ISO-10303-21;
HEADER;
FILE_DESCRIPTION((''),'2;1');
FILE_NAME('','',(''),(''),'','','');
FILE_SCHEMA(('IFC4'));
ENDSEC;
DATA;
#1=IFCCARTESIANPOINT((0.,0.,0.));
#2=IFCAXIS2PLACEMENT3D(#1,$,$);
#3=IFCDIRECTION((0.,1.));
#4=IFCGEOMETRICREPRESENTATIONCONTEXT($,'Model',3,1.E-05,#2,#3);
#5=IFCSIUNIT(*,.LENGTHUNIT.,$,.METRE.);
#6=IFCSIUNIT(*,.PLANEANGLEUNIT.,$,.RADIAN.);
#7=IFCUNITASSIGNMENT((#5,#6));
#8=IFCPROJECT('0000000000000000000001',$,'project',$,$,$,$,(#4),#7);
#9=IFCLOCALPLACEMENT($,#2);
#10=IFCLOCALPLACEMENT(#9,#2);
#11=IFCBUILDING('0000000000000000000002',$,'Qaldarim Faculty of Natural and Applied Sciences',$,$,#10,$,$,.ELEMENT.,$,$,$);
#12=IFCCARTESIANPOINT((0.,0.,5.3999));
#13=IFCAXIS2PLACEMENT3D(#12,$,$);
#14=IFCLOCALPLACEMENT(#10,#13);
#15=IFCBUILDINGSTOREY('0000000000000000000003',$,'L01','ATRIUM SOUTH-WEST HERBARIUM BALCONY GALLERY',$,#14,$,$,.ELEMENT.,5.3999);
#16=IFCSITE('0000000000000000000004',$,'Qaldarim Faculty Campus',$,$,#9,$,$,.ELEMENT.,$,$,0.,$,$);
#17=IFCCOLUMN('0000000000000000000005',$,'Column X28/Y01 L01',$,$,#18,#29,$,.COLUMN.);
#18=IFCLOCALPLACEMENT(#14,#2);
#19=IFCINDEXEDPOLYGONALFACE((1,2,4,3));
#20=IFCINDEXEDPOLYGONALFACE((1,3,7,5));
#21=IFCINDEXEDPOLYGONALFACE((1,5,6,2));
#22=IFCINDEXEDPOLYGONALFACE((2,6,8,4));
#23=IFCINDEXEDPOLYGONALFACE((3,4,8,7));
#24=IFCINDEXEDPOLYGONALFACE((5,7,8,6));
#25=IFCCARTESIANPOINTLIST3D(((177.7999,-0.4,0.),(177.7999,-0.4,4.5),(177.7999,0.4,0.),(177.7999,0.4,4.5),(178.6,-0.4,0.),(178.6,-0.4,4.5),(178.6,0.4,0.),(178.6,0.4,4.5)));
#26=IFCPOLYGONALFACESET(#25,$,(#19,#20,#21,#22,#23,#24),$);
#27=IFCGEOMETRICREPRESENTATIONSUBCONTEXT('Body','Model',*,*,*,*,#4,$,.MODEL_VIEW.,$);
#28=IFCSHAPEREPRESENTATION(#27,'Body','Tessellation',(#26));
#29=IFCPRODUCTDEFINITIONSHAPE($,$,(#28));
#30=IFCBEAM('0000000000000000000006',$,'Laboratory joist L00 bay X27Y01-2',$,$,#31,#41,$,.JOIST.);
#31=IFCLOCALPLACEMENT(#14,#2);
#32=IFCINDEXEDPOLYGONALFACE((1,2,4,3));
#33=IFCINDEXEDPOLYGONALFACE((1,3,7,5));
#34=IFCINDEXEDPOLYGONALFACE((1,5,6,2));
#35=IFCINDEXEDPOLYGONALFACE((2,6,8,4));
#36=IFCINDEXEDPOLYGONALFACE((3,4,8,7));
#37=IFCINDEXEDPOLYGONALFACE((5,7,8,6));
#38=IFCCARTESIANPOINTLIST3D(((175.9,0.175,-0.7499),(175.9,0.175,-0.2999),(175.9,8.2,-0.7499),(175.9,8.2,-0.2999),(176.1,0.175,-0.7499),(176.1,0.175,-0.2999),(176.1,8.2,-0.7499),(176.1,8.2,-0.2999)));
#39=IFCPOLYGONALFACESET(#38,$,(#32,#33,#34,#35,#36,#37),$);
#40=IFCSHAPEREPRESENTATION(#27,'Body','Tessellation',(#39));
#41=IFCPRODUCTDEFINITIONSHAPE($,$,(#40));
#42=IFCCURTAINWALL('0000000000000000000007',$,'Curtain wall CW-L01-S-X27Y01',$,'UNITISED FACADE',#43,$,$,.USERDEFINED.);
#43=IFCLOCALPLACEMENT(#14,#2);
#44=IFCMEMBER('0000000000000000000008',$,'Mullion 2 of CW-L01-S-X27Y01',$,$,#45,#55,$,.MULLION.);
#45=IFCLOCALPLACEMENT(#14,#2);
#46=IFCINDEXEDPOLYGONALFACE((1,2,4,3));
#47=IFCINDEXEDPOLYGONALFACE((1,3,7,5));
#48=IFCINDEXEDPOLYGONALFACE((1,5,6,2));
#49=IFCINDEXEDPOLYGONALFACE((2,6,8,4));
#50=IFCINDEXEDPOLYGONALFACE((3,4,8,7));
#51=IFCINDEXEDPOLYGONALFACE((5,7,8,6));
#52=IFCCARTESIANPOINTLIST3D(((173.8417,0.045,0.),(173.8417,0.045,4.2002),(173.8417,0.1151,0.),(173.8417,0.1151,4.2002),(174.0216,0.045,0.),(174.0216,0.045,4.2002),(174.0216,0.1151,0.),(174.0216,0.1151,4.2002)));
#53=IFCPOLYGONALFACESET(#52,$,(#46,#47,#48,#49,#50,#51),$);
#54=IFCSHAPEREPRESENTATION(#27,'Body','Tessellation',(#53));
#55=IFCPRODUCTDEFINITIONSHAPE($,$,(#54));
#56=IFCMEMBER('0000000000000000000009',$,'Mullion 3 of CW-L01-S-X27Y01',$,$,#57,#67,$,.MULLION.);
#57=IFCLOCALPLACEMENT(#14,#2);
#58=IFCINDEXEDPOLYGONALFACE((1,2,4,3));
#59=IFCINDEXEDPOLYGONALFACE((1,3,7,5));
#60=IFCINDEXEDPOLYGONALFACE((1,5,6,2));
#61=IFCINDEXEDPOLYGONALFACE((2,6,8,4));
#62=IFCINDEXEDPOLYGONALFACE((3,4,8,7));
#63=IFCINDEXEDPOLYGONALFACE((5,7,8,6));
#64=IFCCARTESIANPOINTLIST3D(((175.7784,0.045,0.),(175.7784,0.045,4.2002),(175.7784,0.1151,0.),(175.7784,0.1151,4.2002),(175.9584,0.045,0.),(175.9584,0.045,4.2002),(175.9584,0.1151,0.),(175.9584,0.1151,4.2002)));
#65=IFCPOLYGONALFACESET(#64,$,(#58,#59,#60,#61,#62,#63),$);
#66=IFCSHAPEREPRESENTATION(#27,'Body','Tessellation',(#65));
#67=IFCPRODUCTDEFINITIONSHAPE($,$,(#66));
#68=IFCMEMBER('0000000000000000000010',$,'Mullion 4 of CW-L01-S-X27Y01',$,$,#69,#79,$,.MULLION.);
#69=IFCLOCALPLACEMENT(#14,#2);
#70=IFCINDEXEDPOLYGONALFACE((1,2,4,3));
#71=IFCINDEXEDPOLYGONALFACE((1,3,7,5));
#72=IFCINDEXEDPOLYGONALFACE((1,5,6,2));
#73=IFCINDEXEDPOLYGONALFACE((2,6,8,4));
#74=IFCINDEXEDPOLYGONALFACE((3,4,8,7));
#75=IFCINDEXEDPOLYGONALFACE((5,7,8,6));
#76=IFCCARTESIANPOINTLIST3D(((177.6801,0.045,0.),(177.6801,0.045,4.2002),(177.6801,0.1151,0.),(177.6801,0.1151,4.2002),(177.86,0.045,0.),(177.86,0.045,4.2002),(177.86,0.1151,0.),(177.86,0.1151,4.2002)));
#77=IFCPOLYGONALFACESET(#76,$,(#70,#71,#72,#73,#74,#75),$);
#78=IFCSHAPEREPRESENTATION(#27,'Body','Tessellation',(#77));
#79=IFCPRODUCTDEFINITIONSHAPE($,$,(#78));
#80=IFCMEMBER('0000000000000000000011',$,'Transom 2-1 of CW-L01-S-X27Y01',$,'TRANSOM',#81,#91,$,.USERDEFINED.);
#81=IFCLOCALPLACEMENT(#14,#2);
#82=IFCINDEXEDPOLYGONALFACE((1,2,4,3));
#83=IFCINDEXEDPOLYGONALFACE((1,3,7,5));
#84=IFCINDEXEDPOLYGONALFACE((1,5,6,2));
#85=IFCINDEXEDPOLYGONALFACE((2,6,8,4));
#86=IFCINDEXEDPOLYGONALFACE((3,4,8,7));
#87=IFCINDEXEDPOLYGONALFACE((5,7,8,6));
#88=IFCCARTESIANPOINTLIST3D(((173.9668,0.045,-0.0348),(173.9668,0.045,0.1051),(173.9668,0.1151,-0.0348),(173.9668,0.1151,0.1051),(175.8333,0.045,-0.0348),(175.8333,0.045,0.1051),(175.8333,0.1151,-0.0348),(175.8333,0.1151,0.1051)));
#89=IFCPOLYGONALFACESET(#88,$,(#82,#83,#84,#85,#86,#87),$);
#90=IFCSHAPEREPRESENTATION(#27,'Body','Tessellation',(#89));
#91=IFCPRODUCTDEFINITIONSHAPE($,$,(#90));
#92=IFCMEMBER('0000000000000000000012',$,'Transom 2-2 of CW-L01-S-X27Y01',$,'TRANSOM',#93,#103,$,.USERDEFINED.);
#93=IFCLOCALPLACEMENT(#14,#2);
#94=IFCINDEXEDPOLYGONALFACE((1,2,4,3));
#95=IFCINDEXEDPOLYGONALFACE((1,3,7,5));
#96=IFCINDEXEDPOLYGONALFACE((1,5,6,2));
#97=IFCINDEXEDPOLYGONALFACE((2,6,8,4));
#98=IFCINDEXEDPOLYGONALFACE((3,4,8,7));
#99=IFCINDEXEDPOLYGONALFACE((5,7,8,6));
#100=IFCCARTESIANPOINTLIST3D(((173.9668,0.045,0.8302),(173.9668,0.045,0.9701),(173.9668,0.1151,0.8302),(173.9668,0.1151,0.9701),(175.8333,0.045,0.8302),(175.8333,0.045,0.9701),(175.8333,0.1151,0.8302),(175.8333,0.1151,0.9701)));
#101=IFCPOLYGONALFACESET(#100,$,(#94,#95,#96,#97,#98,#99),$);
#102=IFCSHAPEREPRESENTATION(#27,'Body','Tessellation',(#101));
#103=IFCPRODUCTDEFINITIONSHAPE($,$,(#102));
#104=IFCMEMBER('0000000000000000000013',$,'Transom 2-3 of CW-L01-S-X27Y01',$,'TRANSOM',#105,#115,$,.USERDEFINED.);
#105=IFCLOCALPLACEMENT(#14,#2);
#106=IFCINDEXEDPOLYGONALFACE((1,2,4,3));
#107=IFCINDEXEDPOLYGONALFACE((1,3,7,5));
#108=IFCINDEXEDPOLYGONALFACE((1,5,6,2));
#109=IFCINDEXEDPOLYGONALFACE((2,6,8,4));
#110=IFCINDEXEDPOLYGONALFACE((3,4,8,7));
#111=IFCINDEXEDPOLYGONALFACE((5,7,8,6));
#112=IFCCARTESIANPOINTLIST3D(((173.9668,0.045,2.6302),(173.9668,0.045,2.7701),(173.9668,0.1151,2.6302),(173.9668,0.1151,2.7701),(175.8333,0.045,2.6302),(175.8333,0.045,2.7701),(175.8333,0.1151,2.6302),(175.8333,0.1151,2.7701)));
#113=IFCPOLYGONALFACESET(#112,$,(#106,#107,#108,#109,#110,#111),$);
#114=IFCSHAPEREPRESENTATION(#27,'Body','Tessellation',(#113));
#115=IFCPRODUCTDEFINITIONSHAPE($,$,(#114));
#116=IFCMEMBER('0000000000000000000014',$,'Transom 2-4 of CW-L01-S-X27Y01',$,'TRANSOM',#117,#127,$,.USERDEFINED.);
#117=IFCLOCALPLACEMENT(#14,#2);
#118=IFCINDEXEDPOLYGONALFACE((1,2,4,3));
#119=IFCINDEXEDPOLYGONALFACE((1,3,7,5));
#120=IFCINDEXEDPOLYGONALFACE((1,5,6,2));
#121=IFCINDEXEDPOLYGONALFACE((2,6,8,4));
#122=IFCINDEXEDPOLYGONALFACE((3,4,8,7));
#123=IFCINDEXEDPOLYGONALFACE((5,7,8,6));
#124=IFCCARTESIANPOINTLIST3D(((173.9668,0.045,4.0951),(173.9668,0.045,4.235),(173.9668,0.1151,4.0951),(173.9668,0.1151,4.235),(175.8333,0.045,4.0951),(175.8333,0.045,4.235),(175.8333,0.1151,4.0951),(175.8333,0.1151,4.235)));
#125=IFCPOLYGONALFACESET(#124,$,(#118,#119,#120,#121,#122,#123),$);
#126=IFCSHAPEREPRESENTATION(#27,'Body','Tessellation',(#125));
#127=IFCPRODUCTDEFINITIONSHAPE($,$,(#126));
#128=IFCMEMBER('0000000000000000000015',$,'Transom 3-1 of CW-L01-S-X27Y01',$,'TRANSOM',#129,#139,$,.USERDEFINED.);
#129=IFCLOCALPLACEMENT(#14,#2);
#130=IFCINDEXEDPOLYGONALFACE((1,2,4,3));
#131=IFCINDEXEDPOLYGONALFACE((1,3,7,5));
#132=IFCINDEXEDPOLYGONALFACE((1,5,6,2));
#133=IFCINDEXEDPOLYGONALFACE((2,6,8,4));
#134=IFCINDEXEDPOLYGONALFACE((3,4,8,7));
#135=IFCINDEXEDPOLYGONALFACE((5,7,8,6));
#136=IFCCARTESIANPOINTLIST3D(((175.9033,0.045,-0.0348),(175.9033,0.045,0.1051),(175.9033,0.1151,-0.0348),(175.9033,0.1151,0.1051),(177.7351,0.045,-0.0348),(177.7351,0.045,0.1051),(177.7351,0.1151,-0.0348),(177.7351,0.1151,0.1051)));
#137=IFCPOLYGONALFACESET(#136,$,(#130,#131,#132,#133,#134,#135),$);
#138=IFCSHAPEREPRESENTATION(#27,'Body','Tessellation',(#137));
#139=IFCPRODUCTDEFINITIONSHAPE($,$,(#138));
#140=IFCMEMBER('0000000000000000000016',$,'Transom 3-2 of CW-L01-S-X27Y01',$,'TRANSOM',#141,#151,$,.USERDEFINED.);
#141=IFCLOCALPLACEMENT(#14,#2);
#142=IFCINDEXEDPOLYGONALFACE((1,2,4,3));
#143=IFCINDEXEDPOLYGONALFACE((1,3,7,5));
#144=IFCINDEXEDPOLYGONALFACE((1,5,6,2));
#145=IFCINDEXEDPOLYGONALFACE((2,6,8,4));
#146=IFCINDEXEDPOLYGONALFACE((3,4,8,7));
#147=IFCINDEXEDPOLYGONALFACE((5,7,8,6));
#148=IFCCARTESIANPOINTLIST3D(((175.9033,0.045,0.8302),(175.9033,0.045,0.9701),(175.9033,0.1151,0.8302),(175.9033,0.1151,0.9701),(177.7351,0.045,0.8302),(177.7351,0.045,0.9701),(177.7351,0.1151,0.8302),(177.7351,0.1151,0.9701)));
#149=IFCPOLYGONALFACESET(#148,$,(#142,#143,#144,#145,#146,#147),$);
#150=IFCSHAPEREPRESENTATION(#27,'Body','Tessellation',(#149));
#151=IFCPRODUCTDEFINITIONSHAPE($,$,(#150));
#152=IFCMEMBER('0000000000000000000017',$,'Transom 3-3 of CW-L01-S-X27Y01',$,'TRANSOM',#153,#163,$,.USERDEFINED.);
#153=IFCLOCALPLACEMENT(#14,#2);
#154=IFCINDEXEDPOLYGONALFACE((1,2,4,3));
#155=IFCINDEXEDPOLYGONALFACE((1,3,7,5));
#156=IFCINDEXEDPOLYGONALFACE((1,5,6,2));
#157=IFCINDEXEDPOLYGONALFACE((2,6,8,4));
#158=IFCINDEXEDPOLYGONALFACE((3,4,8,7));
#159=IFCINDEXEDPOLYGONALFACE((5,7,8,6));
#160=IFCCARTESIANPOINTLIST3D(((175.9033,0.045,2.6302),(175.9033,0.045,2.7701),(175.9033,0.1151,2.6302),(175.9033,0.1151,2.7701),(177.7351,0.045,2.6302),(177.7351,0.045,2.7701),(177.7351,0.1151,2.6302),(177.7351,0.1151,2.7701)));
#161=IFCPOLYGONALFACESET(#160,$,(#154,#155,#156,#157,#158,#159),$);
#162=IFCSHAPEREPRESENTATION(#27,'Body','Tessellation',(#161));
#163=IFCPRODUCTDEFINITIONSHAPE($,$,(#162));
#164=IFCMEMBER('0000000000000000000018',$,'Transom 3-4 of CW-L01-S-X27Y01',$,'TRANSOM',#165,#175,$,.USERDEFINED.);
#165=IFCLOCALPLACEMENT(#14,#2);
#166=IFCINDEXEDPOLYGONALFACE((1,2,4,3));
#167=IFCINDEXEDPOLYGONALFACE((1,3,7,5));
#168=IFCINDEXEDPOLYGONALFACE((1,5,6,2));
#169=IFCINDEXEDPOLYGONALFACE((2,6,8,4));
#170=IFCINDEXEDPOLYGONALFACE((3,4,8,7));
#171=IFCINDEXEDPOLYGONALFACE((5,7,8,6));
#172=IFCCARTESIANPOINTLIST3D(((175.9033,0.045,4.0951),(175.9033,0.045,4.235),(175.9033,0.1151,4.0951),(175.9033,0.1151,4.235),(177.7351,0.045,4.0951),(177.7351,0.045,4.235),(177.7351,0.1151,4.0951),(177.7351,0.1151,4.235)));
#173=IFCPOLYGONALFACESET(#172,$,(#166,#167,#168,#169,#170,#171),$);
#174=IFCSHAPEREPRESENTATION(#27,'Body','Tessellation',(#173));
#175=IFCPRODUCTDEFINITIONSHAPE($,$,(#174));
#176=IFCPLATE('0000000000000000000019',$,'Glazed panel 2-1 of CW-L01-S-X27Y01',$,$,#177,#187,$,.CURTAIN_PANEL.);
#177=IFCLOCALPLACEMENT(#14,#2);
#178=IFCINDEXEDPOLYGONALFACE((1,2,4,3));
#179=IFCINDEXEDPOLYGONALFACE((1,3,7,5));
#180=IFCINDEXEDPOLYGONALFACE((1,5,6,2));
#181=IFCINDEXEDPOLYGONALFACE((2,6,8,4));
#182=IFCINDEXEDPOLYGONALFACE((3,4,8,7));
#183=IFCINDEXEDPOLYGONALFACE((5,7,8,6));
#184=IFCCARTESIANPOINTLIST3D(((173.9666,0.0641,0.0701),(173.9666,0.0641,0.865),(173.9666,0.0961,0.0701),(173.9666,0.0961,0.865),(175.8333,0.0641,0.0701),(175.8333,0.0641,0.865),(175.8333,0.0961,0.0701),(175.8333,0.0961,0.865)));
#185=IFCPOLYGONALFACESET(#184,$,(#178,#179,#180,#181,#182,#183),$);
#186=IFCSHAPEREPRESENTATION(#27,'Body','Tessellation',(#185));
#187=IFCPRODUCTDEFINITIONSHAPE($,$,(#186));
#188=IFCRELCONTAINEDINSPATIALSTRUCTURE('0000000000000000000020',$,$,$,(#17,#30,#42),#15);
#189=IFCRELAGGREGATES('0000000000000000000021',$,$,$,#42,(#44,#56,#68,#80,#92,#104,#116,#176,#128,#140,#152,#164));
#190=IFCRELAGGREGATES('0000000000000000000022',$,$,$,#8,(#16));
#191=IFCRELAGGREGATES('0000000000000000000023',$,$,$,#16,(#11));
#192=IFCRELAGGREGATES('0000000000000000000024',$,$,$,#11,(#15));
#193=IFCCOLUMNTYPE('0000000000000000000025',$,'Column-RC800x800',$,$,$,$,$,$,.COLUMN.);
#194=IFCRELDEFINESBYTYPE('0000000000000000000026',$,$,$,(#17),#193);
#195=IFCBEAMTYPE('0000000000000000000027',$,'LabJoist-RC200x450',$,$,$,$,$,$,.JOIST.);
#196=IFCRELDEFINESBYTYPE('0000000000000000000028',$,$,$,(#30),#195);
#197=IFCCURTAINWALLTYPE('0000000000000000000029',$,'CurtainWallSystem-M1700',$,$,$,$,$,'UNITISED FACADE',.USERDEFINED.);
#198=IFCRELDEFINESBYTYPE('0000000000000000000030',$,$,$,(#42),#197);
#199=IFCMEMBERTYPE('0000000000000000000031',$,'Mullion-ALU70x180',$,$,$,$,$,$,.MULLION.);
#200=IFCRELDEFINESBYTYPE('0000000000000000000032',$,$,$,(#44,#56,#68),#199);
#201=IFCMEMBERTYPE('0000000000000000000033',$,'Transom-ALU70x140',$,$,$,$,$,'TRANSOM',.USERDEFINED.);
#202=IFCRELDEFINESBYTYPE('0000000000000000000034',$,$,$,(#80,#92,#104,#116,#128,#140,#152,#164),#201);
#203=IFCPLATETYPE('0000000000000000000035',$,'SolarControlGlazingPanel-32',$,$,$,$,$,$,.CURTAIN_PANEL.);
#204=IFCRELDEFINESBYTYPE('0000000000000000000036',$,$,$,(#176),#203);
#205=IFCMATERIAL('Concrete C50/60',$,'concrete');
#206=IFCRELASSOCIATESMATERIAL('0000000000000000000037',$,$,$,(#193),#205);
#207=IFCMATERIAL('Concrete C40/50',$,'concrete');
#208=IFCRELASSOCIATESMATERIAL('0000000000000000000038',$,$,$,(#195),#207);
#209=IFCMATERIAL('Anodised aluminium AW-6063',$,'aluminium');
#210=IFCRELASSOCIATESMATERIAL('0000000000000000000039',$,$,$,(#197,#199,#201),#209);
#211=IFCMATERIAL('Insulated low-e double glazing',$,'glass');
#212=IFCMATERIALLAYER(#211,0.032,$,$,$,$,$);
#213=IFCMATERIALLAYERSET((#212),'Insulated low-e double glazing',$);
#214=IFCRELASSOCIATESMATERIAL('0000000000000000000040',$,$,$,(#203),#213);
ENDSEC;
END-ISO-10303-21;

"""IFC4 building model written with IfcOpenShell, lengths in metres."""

from ifc_helpers import new_model, si_unit, direction, frame, origin, origin_2d, place, context, subcontext, project, spatial, rectangle, extrude, material, layer, layer_set, material_profile, profile_set, type_object, element, aggregate, save


model = new_model("IFC4")

# Units and contexts
model_context = context("Model", 3, precision=1e-05, world=origin(), true_north=direction((0.0, 1.0)))
body_context = subcontext(model_context, "Body", "Model", "MODEL_VIEW")
ifc_project = project(units=[si_unit("LENGTHUNIT", "METRE"), si_unit("PLANEANGLEUNIT", "RADIAN")], contexts=[model_context])

# Site, building, storey
site_placement = place(None, origin())
site = spatial("IfcSite", under=ifc_project, at=site_placement, Name="Qaldarim Faculty Campus", CompositionType="ELEMENT", RefElevation=0.0)
building_placement = place(site_placement, origin())
building = spatial("IfcBuilding", under=site, at=building_placement, Name="Qaldarim Faculty of Natural and Applied Sciences", CompositionType="ELEMENT")
storey_placement = place(building_placement, frame((0.0, 0.0, 5.3999)))
storey = spatial("IfcBuildingStorey", under=building, at=storey_placement, Name="L01", Description="ATRIUM SOUTH-WEST HERBARIUM BALCONY GALLERY", CompositionType="ELEMENT", Elevation=5.3999)

# Column
ifc_material_1 = material(Name="Concrete C50/60", Category="concrete")
ifc_material_profile_1 = material_profile(ifc_material_1, rectangle(XDim=0.8, YDim=0.8, at=origin_2d()), Name="RC-C800x800")
ifc_profile_set_1 = profile_set([ifc_material_profile_1], Name="Concrete C50/60")
column_type = type_object("IfcColumnType", Name="Column-RC800x800", PredefinedType="COLUMN", material=ifc_profile_set_1)
column_placement = place(storey_placement, frame((178.2, 0.0, 0.0), z_axis=(0.0, 0.0, 1.0), x_axis=(1.0, 0.0, 0.0)))
element("IfcColumn", 1, at=column_placement, inside=storey, type_object=column_type, Name="Column X28/Y01 L01", PredefinedType="COLUMN", context=body_context, shape_type="SweptSolid", body=[
    extrude(rectangle(XDim=0.8, YDim=0.8, at=origin_2d()), origin(), (0.0, 0.0, 1.0), 4.5),
])

# Beam
ifc_material_2 = material(Name="Concrete C40/50", Category="concrete")
ifc_material_profile_2 = material_profile(ifc_material_2, rectangle(XDim=0.2, YDim=0.45, at=origin_2d()), Name="RC-J200x450")
ifc_profile_set_2 = profile_set([ifc_material_profile_2], Name="Concrete C40/50")
beam_type = type_object("IfcBeamType", Name="LabJoist-RC200x450", PredefinedType="JOIST", material=ifc_profile_set_2)
beam_placement = place(storey_placement, frame((176.0, 0.175, -0.5249), z_axis=(0.0, 1.0, 0.0), x_axis=(-1.0, 0.0, 0.0)))
element("IfcBeam", 2, at=beam_placement, inside=storey, type_object=beam_type, Name="Laboratory joist L00 bay X27Y01-2", PredefinedType="JOIST", context=body_context, shape_type="SweptSolid", body=[
    extrude(rectangle(XDim=0.2, YDim=0.45, at=origin_2d()), origin(), (0.0, 0.0, 1.0), 8.0249),
])

# Curtain wall, members, plate
ifc_material_3 = material(Name="Anodised aluminium AW-6063", Category="aluminium")
curtain_wall_type = type_object("IfcCurtainWallType", Name="CurtainWallSystem-M1700", ElementType="UNITISED FACADE", PredefinedType="USERDEFINED", material=ifc_material_3)
curtain_wall_placement = place(storey_placement, origin())
curtain_wall = element("IfcCurtainWall", 3, at=curtain_wall_placement, inside=storey, type_object=curtain_wall_type, Name="Curtain wall CW-L01-S-X27Y01", ObjectType="UNITISED FACADE", PredefinedType="USERDEFINED")
ifc_material_profile_3 = material_profile(ifc_material_3, rectangle(XDim=0.0701, YDim=0.1799, at=origin_2d()), Name="ALU-M70x180")
ifc_profile_set_3 = profile_set([ifc_material_profile_3], Name="Anodised aluminium AW-6063")
member_type_1 = type_object("IfcMemberType", Name="Mullion-ALU70x180", PredefinedType="MULLION", material=ifc_profile_set_3)
member_1_placement = place(storey_placement, frame((173.9316, 0.0801, 0.0), z_axis=(0.0, 0.0, 1.0), x_axis=(0.0, 1.0, 0.0)))
member_1 = element("IfcMember", 4, at=member_1_placement, type_object=member_type_1, Name="Mullion 2 of CW-L01-S-X27Y01", PredefinedType="MULLION", context=body_context, shape_type="SweptSolid", body=[
    extrude(rectangle(XDim=0.0701, YDim=0.1799, at=origin_2d()), origin(), (0.0, 0.0, 1.0), 4.2002),
])
member_2_placement = place(storey_placement, frame((175.8684, 0.0801, 0.0), z_axis=(0.0, 0.0, 1.0), x_axis=(0.0, 1.0, 0.0)))
member_2 = element("IfcMember", 5, at=member_2_placement, type_object=member_type_1, Name="Mullion 3 of CW-L01-S-X27Y01", PredefinedType="MULLION", context=body_context, shape_type="SweptSolid", body=[
    extrude(rectangle(XDim=0.0701, YDim=0.1799, at=origin_2d()), origin(), (0.0, 0.0, 1.0), 4.2002),
])
member_3_placement = place(storey_placement, frame((177.77, 0.0801, 0.0), z_axis=(0.0, 0.0, 1.0), x_axis=(0.0, 1.0, 0.0)))
member_3 = element("IfcMember", 6, at=member_3_placement, type_object=member_type_1, Name="Mullion 4 of CW-L01-S-X27Y01", PredefinedType="MULLION", context=body_context, shape_type="SweptSolid", body=[
    extrude(rectangle(XDim=0.0701, YDim=0.1799, at=origin_2d()), origin(), (0.0, 0.0, 1.0), 4.2002),
])
ifc_material_profile_4 = material_profile(ifc_material_3, rectangle(XDim=0.0701, YDim=0.1399, at=origin_2d()), Name="ALU-T70x140")
ifc_profile_set_4 = profile_set([ifc_material_profile_4], Name="Anodised aluminium AW-6063")
member_type_2 = type_object("IfcMemberType", Name="Transom-ALU70x140", ElementType="TRANSOM", PredefinedType="USERDEFINED", material=ifc_profile_set_4)
member_4_placement = place(storey_placement, frame((173.9668, 0.0801, 0.0352), z_axis=(1.0, 0.0, 0.0), x_axis=(0.0, 1.0, 0.0)))
member_4 = element("IfcMember", 7, at=member_4_placement, type_object=member_type_2, Name="Transom 2-1 of CW-L01-S-X27Y01", ObjectType="TRANSOM", PredefinedType="USERDEFINED", context=body_context, shape_type="SweptSolid", body=[
    extrude(rectangle(XDim=0.0701, YDim=0.1399, at=origin_2d()), origin(), (0.0, 0.0, 1.0), 1.8665),
])
member_5_placement = place(storey_placement, frame((173.9668, 0.0801, 0.9001), z_axis=(1.0, 0.0, 0.0), x_axis=(0.0, 1.0, 0.0)))
member_5 = element("IfcMember", 8, at=member_5_placement, type_object=member_type_2, Name="Transom 2-2 of CW-L01-S-X27Y01", ObjectType="TRANSOM", PredefinedType="USERDEFINED", context=body_context, shape_type="SweptSolid", body=[
    extrude(rectangle(XDim=0.0701, YDim=0.1399, at=origin_2d()), origin(), (0.0, 0.0, 1.0), 1.8665),
])
member_6_placement = place(storey_placement, frame((173.9668, 0.0801, 2.7002), z_axis=(1.0, 0.0, 0.0), x_axis=(0.0, 1.0, 0.0)))
member_6 = element("IfcMember", 9, at=member_6_placement, type_object=member_type_2, Name="Transom 2-3 of CW-L01-S-X27Y01", ObjectType="TRANSOM", PredefinedType="USERDEFINED", context=body_context, shape_type="SweptSolid", body=[
    extrude(rectangle(XDim=0.0701, YDim=0.1399, at=origin_2d()), origin(), (0.0, 0.0, 1.0), 1.8665),
])
member_7_placement = place(storey_placement, frame((173.9668, 0.0801, 4.165), z_axis=(1.0, 0.0, 0.0), x_axis=(0.0, 1.0, 0.0)))
member_7 = element("IfcMember", 10, at=member_7_placement, type_object=member_type_2, Name="Transom 2-4 of CW-L01-S-X27Y01", ObjectType="TRANSOM", PredefinedType="USERDEFINED", context=body_context, shape_type="SweptSolid", body=[
    extrude(rectangle(XDim=0.0701, YDim=0.1399, at=origin_2d()), origin(), (0.0, 0.0, 1.0), 1.8665),
])
member_8_placement = place(storey_placement, frame((175.9033, 0.0801, 0.0352), z_axis=(1.0, 0.0, 0.0), x_axis=(0.0, 1.0, 0.0)))
member_8 = element("IfcMember", 11, at=member_8_placement, type_object=member_type_2, Name="Transom 3-1 of CW-L01-S-X27Y01", ObjectType="TRANSOM", PredefinedType="USERDEFINED", context=body_context, shape_type="SweptSolid", body=[
    extrude(rectangle(XDim=0.0701, YDim=0.1399, at=origin_2d()), origin(), (0.0, 0.0, 1.0), 1.8318),
])
member_9_placement = place(storey_placement, frame((175.9033, 0.0801, 0.9001), z_axis=(1.0, 0.0, 0.0), x_axis=(0.0, 1.0, 0.0)))
member_9 = element("IfcMember", 12, at=member_9_placement, type_object=member_type_2, Name="Transom 3-2 of CW-L01-S-X27Y01", ObjectType="TRANSOM", PredefinedType="USERDEFINED", context=body_context, shape_type="SweptSolid", body=[
    extrude(rectangle(XDim=0.0701, YDim=0.1399, at=origin_2d()), origin(), (0.0, 0.0, 1.0), 1.8318),
])
member_10_placement = place(storey_placement, frame((175.9033, 0.0801, 2.7002), z_axis=(1.0, 0.0, 0.0), x_axis=(0.0, 1.0, 0.0)))
member_10 = element("IfcMember", 13, at=member_10_placement, type_object=member_type_2, Name="Transom 3-3 of CW-L01-S-X27Y01", ObjectType="TRANSOM", PredefinedType="USERDEFINED", context=body_context, shape_type="SweptSolid", body=[
    extrude(rectangle(XDim=0.0701, YDim=0.1399, at=origin_2d()), origin(), (0.0, 0.0, 1.0), 1.8318),
])
member_11_placement = place(storey_placement, frame((175.9033, 0.0801, 4.165), z_axis=(1.0, 0.0, 0.0), x_axis=(0.0, 1.0, 0.0)))
member_11 = element("IfcMember", 14, at=member_11_placement, type_object=member_type_2, Name="Transom 3-4 of CW-L01-S-X27Y01", ObjectType="TRANSOM", PredefinedType="USERDEFINED", context=body_context, shape_type="SweptSolid", body=[
    extrude(rectangle(XDim=0.0701, YDim=0.1399, at=origin_2d()), origin(), (0.0, 0.0, 1.0), 1.8318),
])
ifc_material_4 = material(Name="Insulated low-e double glazing", Category="glass")
ifc_layer_1 = layer(ifc_material_4, 0.032)
ifc_layer_set_1 = layer_set([ifc_layer_1], Name="Insulated low-e double glazing")
plate_type = type_object("IfcPlateType", Name="SolarControlGlazingPanel-32", PredefinedType="CURTAIN_PANEL", material=ifc_layer_set_1)
plate_1_placement = place(storey_placement, frame((174.8999, 0.0801, 0.0701), z_axis=(0.0, 0.0, 1.0), x_axis=(1.0, 0.0, 0.0)))
plate_1 = element("IfcPlate", 15, at=plate_1_placement, type_object=plate_type, Name="Glazed panel 2-1 of CW-L01-S-X27Y01", PredefinedType="CURTAIN_PANEL", context=body_context, shape_type="SweptSolid", body=[
    extrude(rectangle(XDim=1.8667, YDim=0.032, at=origin_2d()), origin(), (0.0, 0.0, 1.0), 0.7949),
])
aggregate(curtain_wall, [member_1, member_2, member_3, member_4, member_5, member_6, member_7, plate_1, member_8, member_9, member_10, member_11])

save(model, "model.ifc")
